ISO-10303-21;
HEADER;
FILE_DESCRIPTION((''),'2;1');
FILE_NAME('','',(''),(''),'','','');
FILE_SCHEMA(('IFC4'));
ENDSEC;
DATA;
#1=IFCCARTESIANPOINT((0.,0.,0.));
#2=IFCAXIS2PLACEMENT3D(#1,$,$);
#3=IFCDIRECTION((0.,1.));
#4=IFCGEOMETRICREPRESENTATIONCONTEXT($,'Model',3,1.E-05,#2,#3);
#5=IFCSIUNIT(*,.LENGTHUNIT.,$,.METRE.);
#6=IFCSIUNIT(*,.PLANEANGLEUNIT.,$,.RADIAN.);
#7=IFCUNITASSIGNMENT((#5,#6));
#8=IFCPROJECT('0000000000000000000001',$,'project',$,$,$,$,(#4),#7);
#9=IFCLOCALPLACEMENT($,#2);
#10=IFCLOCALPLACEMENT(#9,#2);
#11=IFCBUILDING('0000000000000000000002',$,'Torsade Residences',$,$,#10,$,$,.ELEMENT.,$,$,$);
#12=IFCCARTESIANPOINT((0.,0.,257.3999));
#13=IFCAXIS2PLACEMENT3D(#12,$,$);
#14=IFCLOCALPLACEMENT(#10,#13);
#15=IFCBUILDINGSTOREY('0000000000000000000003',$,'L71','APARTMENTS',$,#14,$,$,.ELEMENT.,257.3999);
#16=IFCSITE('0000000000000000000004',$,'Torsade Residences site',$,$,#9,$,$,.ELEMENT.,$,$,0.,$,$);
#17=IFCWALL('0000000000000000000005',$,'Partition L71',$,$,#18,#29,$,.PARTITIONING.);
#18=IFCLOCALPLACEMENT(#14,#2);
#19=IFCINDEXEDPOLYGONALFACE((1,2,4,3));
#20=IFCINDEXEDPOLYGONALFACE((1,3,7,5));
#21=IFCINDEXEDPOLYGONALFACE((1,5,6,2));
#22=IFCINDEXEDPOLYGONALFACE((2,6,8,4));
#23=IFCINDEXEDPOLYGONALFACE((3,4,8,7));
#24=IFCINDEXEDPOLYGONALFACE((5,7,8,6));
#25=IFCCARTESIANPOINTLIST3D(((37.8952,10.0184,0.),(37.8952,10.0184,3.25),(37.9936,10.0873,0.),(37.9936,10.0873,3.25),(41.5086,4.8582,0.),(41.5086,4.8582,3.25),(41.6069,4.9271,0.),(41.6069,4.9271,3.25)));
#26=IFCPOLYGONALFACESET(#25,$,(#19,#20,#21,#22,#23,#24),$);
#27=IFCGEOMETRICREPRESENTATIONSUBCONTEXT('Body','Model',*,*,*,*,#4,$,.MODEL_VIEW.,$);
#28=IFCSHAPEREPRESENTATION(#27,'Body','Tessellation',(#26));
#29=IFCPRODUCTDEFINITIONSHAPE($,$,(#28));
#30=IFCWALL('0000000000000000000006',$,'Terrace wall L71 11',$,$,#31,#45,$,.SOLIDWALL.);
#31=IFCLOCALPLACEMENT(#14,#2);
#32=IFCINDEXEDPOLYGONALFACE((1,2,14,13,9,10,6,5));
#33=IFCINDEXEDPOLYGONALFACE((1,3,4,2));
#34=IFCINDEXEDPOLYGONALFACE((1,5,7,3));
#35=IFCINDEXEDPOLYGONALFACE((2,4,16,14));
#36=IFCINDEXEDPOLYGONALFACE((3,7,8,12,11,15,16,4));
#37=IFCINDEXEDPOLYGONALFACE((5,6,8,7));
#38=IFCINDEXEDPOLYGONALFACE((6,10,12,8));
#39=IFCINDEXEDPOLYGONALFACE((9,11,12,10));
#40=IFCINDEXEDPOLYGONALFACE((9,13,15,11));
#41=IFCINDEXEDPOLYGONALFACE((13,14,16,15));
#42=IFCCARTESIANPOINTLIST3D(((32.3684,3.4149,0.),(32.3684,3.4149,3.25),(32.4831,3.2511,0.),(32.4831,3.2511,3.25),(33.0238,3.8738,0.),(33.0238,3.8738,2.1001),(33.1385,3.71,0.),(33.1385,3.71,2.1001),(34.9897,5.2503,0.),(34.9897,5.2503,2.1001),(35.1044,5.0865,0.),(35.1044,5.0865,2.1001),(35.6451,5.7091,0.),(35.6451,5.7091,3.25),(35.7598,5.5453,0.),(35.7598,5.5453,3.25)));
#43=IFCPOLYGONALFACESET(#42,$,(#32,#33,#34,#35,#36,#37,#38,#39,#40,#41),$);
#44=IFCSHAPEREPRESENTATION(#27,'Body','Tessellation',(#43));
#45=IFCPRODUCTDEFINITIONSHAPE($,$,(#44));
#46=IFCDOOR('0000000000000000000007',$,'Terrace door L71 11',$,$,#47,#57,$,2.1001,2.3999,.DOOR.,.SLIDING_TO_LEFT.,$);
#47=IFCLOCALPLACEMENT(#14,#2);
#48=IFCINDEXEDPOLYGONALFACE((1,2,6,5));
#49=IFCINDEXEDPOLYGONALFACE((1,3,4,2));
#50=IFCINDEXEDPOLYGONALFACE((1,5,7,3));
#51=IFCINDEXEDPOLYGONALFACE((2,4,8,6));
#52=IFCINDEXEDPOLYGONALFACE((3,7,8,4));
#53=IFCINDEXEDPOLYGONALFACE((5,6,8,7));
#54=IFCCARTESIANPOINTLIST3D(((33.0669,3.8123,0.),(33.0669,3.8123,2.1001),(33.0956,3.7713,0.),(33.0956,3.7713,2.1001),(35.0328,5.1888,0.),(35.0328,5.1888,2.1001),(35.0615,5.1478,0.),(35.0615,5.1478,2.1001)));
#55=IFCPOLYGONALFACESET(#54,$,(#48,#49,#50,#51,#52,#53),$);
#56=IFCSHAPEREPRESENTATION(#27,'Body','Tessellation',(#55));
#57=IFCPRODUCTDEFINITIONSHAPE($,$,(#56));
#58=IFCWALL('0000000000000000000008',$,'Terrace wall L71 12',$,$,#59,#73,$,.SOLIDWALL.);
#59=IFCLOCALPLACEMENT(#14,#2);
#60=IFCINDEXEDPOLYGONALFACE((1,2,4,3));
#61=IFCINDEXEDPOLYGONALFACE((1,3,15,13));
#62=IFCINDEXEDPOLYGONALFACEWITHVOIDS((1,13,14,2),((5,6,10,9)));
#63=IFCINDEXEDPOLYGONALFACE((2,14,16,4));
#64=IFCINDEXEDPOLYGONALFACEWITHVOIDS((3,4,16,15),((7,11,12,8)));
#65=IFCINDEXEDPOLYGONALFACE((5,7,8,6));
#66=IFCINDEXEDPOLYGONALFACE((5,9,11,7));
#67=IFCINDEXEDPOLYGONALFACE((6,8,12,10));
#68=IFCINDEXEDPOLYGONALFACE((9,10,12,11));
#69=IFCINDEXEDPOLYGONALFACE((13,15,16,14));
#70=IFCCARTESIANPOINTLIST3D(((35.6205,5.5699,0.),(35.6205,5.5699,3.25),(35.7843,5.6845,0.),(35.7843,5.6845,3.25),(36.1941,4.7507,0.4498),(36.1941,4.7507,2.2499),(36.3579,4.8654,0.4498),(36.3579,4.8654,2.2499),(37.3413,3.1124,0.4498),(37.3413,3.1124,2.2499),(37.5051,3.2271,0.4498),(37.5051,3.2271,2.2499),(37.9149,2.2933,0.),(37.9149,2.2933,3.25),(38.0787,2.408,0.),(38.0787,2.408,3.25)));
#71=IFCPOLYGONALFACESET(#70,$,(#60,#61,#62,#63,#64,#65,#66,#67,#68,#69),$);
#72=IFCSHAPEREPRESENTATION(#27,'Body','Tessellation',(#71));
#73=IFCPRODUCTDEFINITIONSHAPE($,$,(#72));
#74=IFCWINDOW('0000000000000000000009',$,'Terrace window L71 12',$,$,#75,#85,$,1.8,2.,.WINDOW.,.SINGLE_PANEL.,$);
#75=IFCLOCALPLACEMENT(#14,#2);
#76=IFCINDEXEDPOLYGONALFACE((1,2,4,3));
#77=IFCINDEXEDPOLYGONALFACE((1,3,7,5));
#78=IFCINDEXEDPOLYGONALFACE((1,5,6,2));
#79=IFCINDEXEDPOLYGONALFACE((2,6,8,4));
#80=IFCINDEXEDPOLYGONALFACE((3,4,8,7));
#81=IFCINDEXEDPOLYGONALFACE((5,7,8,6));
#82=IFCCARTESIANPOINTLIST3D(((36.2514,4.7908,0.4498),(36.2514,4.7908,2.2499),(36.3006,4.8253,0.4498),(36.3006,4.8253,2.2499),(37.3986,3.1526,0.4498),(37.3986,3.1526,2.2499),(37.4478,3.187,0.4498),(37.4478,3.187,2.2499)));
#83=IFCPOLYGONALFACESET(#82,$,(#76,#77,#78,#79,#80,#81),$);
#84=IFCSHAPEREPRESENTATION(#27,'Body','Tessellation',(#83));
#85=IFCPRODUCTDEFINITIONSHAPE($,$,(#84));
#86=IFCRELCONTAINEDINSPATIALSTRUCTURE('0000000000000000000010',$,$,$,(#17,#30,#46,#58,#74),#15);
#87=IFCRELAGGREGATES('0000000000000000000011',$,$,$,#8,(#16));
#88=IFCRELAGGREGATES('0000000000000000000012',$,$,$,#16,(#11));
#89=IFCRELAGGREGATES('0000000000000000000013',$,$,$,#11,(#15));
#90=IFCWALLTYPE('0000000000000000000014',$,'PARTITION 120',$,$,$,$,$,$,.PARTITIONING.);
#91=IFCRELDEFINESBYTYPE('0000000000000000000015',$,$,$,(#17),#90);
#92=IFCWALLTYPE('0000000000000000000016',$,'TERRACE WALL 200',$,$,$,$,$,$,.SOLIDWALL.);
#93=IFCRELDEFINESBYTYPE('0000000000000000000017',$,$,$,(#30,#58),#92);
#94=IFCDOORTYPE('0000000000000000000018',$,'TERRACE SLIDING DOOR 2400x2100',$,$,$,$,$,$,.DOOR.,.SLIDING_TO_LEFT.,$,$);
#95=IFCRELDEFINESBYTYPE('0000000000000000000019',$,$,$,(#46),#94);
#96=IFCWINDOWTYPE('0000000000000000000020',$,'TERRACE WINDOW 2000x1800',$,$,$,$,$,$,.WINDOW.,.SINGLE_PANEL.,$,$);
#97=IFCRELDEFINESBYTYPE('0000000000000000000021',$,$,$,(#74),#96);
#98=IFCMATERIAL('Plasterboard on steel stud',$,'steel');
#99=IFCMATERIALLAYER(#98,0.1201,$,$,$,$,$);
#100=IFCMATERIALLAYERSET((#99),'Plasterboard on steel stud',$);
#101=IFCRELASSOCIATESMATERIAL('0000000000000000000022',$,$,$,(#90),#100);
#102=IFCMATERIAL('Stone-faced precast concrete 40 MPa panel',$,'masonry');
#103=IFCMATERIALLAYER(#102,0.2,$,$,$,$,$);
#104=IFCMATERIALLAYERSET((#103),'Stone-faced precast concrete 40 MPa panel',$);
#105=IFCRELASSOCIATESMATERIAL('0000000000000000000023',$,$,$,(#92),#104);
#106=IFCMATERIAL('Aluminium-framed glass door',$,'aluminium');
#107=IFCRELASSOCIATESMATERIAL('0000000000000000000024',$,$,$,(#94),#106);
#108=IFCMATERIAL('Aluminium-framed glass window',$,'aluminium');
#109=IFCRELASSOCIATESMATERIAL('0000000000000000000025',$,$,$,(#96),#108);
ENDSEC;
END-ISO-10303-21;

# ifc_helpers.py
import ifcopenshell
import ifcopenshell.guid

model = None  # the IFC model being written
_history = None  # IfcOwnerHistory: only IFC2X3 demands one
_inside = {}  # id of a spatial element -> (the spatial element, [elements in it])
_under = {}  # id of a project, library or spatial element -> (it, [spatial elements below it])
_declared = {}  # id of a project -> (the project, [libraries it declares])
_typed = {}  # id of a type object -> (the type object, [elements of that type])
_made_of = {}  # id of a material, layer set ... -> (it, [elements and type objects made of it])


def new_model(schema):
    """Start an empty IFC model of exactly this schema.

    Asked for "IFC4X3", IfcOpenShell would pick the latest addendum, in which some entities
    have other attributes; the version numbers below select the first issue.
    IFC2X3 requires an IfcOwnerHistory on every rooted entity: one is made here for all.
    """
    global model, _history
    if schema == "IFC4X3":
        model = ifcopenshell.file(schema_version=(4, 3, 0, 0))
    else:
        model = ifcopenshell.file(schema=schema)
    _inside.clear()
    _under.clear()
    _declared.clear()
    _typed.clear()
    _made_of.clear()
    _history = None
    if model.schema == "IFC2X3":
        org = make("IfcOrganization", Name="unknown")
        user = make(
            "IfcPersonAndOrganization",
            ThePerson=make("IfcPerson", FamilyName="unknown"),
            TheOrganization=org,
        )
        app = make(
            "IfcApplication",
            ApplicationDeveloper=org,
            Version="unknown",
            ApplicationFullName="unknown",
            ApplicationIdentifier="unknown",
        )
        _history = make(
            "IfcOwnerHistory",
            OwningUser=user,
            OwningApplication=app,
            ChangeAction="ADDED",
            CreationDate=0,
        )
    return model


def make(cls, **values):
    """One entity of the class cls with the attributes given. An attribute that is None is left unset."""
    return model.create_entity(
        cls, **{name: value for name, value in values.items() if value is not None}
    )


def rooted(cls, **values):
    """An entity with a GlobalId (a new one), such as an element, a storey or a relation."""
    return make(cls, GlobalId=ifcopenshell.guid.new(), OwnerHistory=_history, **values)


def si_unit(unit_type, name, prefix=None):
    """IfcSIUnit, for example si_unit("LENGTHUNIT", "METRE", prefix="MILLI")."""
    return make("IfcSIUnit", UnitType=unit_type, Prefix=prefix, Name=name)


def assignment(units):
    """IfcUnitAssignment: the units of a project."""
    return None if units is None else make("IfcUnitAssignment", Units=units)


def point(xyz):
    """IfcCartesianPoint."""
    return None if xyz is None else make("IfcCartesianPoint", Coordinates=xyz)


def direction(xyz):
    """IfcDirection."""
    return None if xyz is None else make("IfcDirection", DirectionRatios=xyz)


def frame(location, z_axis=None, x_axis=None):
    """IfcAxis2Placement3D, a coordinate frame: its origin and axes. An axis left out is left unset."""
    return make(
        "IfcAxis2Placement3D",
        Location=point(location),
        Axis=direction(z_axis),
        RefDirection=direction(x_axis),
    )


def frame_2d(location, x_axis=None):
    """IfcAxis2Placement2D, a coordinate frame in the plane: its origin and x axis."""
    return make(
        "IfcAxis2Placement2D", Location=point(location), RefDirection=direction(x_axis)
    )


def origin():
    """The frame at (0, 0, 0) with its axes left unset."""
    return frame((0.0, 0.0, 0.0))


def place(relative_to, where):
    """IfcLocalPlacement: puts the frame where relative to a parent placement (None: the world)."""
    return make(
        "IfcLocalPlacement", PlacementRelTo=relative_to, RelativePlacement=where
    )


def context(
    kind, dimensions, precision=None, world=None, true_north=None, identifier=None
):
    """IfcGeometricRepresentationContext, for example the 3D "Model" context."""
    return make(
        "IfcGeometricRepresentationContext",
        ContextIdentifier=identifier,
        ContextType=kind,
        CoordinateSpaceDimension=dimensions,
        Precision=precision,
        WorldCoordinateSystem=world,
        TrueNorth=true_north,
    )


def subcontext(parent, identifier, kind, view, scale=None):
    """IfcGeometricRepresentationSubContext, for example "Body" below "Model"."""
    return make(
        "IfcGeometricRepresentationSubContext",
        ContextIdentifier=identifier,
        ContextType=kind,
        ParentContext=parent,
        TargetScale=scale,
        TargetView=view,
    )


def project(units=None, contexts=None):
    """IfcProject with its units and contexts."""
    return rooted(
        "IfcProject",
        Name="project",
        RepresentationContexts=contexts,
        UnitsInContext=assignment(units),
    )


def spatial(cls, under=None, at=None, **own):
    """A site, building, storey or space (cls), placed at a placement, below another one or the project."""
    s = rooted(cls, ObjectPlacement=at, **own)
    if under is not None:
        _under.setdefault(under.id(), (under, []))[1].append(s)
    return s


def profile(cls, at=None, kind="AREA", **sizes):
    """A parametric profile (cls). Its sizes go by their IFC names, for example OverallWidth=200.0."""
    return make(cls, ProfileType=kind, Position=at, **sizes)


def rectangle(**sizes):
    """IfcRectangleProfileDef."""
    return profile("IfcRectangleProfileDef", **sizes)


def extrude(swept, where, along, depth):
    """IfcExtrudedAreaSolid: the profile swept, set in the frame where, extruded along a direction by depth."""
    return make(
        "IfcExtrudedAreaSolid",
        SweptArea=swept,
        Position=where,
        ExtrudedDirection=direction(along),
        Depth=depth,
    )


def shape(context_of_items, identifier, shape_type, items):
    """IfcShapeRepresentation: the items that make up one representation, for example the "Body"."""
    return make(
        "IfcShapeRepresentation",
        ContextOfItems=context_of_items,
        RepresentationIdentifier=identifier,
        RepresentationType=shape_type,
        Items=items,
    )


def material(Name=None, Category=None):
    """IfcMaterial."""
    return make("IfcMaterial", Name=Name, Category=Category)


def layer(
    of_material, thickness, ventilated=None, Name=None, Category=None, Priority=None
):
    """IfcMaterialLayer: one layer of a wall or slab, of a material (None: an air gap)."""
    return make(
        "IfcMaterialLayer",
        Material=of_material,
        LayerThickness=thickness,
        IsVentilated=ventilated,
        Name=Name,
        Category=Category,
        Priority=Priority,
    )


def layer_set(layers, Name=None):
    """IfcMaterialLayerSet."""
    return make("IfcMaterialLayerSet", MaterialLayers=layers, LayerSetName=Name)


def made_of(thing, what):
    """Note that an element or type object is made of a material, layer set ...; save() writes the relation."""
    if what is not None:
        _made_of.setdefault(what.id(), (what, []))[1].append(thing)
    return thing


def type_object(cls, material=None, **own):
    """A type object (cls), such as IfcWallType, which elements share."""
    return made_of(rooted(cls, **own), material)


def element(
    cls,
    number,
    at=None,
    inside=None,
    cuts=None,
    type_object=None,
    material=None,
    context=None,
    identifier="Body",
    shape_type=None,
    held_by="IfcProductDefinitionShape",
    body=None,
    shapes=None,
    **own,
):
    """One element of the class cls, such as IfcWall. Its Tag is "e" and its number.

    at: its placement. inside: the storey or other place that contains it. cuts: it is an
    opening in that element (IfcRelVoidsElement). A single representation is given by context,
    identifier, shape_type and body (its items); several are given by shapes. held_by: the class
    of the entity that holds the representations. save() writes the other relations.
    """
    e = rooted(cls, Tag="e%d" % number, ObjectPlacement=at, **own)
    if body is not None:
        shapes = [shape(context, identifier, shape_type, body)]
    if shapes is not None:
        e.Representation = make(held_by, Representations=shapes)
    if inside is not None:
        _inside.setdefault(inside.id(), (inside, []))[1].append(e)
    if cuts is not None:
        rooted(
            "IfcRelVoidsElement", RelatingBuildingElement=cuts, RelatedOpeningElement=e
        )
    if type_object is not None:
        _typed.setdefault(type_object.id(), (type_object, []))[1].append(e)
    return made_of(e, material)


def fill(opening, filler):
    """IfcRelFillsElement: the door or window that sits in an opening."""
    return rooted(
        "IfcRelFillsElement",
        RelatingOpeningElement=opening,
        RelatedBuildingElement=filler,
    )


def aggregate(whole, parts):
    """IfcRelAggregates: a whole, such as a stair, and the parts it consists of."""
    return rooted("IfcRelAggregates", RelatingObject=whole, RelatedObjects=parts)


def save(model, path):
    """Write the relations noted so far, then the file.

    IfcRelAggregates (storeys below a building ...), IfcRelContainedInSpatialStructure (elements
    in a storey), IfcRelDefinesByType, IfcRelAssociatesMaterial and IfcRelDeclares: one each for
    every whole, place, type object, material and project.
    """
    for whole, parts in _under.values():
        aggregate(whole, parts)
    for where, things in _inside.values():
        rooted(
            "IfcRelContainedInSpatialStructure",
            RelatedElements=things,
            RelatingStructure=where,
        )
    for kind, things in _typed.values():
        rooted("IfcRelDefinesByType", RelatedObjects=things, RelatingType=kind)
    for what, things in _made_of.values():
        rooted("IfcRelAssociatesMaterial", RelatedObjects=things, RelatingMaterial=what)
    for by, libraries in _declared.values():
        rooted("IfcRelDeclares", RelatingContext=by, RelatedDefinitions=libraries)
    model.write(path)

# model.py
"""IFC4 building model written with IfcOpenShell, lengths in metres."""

from ifc_helpers import new_model, si_unit, direction, frame, frame_2d, origin, place, context, subcontext, project, spatial, rectangle, extrude, material, layer, layer_set, type_object, element, fill, save


model = new_model("IFC4")

# Units and contexts
model_context = context("Model", 3, precision=1e-05, world=origin(), true_north=direction((0.0, 1.0)))
body_context = subcontext(model_context, "Body", "Model", "MODEL_VIEW")
ifc_project = project(units=[si_unit("LENGTHUNIT", "METRE"), si_unit("PLANEANGLEUNIT", "RADIAN")], contexts=[model_context])

# Site, building, storey
site_placement = place(None, origin())
site = spatial("IfcSite", under=ifc_project, at=site_placement, Name="Torsade Residences site", CompositionType="ELEMENT", RefElevation=0.0)
building_placement = place(site_placement, origin())
building = spatial("IfcBuilding", under=site, at=building_placement, Name="Torsade Residences", CompositionType="ELEMENT")
storey_placement = place(building_placement, frame((0.0, 0.0, 257.3999)))
storey = spatial("IfcBuildingStorey", under=building, at=storey_placement, Name="L71", Description="APARTMENTS", CompositionType="ELEMENT", Elevation=257.3999)

# Wall
ifc_material_1 = material(Name="Plasterboard on steel stud", Category="steel")
ifc_layer_1 = layer(ifc_material_1, 0.1201)
ifc_layer_set_1 = layer_set([ifc_layer_1], Name="Plasterboard on steel stud")
wall_type_1 = type_object("IfcWallType", Name="PARTITION 120", PredefinedType="PARTITIONING", material=ifc_layer_set_1)
wall_1_placement = place(storey_placement, frame((37.9443, 10.053, 0.0), z_axis=(0.0, 0.0, 1.0), x_axis=(0.573587, -0.819145, 0.0)))
element("IfcWall", 1, at=wall_1_placement, inside=storey, type_object=wall_type_1, Name="Partition L71", PredefinedType="PARTITIONING", context=body_context, shape_type="SweptSolid", body=[
    extrude(rectangle(XDim=6.2996, YDim=0.1201, at=frame_2d((3.1499, 0.0))), origin(), (0.0, 0.0, 1.0), 3.25),
])

# Wall, opening, door
ifc_material_2 = material(Name="Stone-faced precast concrete 40 MPa panel", Category="masonry")
ifc_layer_2 = layer(ifc_material_2, 0.2)
ifc_layer_set_2 = layer_set([ifc_layer_2], Name="Stone-faced precast concrete 40 MPa panel")
wall_type_2 = type_object("IfcWallType", Name="TERRACE WALL 200", PredefinedType="SOLIDWALL", material=ifc_layer_set_2)
wall_2_placement = place(storey_placement, frame((32.4258, 3.333, 0.0), z_axis=(0.0, 0.0, 1.0), x_axis=(0.819166, 0.573557, 0.0)))
wall_2 = element("IfcWall", 2, at=wall_2_placement, inside=storey, type_object=wall_type_2, Name="Terrace wall L71 11", PredefinedType="SOLIDWALL", context=body_context, shape_type="SweptSolid", body=[
    extrude(rectangle(XDim=4.0, YDim=0.2, at=frame_2d((2.0, 0.0))), origin(), (0.0, 0.0, 1.0), 3.25),
])
opening_1_placement = place(wall_2_placement, frame((0.8, 0.0, 0.0)))
opening_1 = element("IfcOpeningElement", 3, at=opening_1_placement, cuts=wall_2, PredefinedType="OPENING", context=body_context, shape_type="SweptSolid", body=[
    extrude(rectangle(XDim=2.3999, YDim=2.1001, at=frame_2d((1.2, 1.05))), frame((0.0, 0.1099, 0.0), z_axis=(0.0, -1.0, 0.0), x_axis=(1.0, 0.0, 0.0)), (0.0, 0.0, 1.0), 0.22),
])
ifc_material_3 = material(Name="Aluminium-framed glass door", Category="aluminium")
door_type = type_object("IfcDoorType", Name="TERRACE SLIDING DOOR 2400x2100", OperationType="SLIDING_TO_LEFT", PredefinedType="DOOR", material=ifc_material_3)
door_placement = place(opening_1_placement, origin())
door = element("IfcDoor", 4, at=door_placement, inside=storey, type_object=door_type, Name="Terrace door L71 11", OperationType="SLIDING_TO_LEFT", OverallHeight=2.1001, OverallWidth=2.3999, PredefinedType="DOOR", context=body_context, shape_type="SweptSolid", body=[
    extrude(rectangle(XDim=2.3999, YDim=2.1001, at=frame_2d((1.2, 1.05))), frame((0.0, 0.0249, 0.0), z_axis=(0.0, -1.0, 0.0), x_axis=(1.0, 0.0, 0.0)), (0.0, 0.0, 1.0), 0.05),
])
fill(opening_1, door)

# Wall, opening, window
wall_3_placement = place(storey_placement, frame((35.7024, 5.6272, 0.0), z_axis=(0.0, 0.0, 1.0), x_axis=(0.573598, -0.819137, 0.0)))
wall_3 = element("IfcWall", 5, at=wall_3_placement, inside=storey, type_object=wall_type_2, Name="Terrace wall L71 12", PredefinedType="SOLIDWALL", context=body_context, shape_type="SweptSolid", body=[
    extrude(rectangle(XDim=4.0, YDim=0.2, at=frame_2d((2.0, 0.0))), origin(), (0.0, 0.0, 1.0), 3.25),
])
opening_2_placement = place(wall_3_placement, frame((1.0, 0.0, 0.45)))
opening_2 = element("IfcOpeningElement", 6, at=opening_2_placement, cuts=wall_3, PredefinedType="OPENING", context=body_context, shape_type="SweptSolid", body=[
    extrude(rectangle(XDim=2.0, YDim=1.8, at=frame_2d((1.0, 0.8999))), frame((0.0, 0.1099, 0.0), z_axis=(0.0, -1.0, 0.0), x_axis=(1.0, 0.0, 0.0)), (0.0, 0.0, 1.0), 0.22),
])
ifc_material_4 = material(Name="Aluminium-framed glass window", Category="aluminium")
window_type = type_object("IfcWindowType", Name="TERRACE WINDOW 2000x1800", PartitioningType="SINGLE_PANEL", PredefinedType="WINDOW", material=ifc_material_4)
window_placement = place(opening_2_placement, origin())
window = element("IfcWindow", 7, at=window_placement, inside=storey, type_object=window_type, Name="Terrace window L71 12", OverallHeight=1.8, OverallWidth=2.0, PartitioningType="SINGLE_PANEL", PredefinedType="WINDOW", context=body_context, shape_type="SweptSolid", body=[
    extrude(rectangle(XDim=2.0, YDim=1.8, at=frame_2d((1.0, 0.8999))), frame((0.0, 0.03, 0.0), z_axis=(0.0, -1.0, 0.0), x_axis=(1.0, 0.0, 0.0)), (0.0, 0.0, 1.0), 0.0601),
])
fill(opening_2, window)

save(model, "model.ifc")
